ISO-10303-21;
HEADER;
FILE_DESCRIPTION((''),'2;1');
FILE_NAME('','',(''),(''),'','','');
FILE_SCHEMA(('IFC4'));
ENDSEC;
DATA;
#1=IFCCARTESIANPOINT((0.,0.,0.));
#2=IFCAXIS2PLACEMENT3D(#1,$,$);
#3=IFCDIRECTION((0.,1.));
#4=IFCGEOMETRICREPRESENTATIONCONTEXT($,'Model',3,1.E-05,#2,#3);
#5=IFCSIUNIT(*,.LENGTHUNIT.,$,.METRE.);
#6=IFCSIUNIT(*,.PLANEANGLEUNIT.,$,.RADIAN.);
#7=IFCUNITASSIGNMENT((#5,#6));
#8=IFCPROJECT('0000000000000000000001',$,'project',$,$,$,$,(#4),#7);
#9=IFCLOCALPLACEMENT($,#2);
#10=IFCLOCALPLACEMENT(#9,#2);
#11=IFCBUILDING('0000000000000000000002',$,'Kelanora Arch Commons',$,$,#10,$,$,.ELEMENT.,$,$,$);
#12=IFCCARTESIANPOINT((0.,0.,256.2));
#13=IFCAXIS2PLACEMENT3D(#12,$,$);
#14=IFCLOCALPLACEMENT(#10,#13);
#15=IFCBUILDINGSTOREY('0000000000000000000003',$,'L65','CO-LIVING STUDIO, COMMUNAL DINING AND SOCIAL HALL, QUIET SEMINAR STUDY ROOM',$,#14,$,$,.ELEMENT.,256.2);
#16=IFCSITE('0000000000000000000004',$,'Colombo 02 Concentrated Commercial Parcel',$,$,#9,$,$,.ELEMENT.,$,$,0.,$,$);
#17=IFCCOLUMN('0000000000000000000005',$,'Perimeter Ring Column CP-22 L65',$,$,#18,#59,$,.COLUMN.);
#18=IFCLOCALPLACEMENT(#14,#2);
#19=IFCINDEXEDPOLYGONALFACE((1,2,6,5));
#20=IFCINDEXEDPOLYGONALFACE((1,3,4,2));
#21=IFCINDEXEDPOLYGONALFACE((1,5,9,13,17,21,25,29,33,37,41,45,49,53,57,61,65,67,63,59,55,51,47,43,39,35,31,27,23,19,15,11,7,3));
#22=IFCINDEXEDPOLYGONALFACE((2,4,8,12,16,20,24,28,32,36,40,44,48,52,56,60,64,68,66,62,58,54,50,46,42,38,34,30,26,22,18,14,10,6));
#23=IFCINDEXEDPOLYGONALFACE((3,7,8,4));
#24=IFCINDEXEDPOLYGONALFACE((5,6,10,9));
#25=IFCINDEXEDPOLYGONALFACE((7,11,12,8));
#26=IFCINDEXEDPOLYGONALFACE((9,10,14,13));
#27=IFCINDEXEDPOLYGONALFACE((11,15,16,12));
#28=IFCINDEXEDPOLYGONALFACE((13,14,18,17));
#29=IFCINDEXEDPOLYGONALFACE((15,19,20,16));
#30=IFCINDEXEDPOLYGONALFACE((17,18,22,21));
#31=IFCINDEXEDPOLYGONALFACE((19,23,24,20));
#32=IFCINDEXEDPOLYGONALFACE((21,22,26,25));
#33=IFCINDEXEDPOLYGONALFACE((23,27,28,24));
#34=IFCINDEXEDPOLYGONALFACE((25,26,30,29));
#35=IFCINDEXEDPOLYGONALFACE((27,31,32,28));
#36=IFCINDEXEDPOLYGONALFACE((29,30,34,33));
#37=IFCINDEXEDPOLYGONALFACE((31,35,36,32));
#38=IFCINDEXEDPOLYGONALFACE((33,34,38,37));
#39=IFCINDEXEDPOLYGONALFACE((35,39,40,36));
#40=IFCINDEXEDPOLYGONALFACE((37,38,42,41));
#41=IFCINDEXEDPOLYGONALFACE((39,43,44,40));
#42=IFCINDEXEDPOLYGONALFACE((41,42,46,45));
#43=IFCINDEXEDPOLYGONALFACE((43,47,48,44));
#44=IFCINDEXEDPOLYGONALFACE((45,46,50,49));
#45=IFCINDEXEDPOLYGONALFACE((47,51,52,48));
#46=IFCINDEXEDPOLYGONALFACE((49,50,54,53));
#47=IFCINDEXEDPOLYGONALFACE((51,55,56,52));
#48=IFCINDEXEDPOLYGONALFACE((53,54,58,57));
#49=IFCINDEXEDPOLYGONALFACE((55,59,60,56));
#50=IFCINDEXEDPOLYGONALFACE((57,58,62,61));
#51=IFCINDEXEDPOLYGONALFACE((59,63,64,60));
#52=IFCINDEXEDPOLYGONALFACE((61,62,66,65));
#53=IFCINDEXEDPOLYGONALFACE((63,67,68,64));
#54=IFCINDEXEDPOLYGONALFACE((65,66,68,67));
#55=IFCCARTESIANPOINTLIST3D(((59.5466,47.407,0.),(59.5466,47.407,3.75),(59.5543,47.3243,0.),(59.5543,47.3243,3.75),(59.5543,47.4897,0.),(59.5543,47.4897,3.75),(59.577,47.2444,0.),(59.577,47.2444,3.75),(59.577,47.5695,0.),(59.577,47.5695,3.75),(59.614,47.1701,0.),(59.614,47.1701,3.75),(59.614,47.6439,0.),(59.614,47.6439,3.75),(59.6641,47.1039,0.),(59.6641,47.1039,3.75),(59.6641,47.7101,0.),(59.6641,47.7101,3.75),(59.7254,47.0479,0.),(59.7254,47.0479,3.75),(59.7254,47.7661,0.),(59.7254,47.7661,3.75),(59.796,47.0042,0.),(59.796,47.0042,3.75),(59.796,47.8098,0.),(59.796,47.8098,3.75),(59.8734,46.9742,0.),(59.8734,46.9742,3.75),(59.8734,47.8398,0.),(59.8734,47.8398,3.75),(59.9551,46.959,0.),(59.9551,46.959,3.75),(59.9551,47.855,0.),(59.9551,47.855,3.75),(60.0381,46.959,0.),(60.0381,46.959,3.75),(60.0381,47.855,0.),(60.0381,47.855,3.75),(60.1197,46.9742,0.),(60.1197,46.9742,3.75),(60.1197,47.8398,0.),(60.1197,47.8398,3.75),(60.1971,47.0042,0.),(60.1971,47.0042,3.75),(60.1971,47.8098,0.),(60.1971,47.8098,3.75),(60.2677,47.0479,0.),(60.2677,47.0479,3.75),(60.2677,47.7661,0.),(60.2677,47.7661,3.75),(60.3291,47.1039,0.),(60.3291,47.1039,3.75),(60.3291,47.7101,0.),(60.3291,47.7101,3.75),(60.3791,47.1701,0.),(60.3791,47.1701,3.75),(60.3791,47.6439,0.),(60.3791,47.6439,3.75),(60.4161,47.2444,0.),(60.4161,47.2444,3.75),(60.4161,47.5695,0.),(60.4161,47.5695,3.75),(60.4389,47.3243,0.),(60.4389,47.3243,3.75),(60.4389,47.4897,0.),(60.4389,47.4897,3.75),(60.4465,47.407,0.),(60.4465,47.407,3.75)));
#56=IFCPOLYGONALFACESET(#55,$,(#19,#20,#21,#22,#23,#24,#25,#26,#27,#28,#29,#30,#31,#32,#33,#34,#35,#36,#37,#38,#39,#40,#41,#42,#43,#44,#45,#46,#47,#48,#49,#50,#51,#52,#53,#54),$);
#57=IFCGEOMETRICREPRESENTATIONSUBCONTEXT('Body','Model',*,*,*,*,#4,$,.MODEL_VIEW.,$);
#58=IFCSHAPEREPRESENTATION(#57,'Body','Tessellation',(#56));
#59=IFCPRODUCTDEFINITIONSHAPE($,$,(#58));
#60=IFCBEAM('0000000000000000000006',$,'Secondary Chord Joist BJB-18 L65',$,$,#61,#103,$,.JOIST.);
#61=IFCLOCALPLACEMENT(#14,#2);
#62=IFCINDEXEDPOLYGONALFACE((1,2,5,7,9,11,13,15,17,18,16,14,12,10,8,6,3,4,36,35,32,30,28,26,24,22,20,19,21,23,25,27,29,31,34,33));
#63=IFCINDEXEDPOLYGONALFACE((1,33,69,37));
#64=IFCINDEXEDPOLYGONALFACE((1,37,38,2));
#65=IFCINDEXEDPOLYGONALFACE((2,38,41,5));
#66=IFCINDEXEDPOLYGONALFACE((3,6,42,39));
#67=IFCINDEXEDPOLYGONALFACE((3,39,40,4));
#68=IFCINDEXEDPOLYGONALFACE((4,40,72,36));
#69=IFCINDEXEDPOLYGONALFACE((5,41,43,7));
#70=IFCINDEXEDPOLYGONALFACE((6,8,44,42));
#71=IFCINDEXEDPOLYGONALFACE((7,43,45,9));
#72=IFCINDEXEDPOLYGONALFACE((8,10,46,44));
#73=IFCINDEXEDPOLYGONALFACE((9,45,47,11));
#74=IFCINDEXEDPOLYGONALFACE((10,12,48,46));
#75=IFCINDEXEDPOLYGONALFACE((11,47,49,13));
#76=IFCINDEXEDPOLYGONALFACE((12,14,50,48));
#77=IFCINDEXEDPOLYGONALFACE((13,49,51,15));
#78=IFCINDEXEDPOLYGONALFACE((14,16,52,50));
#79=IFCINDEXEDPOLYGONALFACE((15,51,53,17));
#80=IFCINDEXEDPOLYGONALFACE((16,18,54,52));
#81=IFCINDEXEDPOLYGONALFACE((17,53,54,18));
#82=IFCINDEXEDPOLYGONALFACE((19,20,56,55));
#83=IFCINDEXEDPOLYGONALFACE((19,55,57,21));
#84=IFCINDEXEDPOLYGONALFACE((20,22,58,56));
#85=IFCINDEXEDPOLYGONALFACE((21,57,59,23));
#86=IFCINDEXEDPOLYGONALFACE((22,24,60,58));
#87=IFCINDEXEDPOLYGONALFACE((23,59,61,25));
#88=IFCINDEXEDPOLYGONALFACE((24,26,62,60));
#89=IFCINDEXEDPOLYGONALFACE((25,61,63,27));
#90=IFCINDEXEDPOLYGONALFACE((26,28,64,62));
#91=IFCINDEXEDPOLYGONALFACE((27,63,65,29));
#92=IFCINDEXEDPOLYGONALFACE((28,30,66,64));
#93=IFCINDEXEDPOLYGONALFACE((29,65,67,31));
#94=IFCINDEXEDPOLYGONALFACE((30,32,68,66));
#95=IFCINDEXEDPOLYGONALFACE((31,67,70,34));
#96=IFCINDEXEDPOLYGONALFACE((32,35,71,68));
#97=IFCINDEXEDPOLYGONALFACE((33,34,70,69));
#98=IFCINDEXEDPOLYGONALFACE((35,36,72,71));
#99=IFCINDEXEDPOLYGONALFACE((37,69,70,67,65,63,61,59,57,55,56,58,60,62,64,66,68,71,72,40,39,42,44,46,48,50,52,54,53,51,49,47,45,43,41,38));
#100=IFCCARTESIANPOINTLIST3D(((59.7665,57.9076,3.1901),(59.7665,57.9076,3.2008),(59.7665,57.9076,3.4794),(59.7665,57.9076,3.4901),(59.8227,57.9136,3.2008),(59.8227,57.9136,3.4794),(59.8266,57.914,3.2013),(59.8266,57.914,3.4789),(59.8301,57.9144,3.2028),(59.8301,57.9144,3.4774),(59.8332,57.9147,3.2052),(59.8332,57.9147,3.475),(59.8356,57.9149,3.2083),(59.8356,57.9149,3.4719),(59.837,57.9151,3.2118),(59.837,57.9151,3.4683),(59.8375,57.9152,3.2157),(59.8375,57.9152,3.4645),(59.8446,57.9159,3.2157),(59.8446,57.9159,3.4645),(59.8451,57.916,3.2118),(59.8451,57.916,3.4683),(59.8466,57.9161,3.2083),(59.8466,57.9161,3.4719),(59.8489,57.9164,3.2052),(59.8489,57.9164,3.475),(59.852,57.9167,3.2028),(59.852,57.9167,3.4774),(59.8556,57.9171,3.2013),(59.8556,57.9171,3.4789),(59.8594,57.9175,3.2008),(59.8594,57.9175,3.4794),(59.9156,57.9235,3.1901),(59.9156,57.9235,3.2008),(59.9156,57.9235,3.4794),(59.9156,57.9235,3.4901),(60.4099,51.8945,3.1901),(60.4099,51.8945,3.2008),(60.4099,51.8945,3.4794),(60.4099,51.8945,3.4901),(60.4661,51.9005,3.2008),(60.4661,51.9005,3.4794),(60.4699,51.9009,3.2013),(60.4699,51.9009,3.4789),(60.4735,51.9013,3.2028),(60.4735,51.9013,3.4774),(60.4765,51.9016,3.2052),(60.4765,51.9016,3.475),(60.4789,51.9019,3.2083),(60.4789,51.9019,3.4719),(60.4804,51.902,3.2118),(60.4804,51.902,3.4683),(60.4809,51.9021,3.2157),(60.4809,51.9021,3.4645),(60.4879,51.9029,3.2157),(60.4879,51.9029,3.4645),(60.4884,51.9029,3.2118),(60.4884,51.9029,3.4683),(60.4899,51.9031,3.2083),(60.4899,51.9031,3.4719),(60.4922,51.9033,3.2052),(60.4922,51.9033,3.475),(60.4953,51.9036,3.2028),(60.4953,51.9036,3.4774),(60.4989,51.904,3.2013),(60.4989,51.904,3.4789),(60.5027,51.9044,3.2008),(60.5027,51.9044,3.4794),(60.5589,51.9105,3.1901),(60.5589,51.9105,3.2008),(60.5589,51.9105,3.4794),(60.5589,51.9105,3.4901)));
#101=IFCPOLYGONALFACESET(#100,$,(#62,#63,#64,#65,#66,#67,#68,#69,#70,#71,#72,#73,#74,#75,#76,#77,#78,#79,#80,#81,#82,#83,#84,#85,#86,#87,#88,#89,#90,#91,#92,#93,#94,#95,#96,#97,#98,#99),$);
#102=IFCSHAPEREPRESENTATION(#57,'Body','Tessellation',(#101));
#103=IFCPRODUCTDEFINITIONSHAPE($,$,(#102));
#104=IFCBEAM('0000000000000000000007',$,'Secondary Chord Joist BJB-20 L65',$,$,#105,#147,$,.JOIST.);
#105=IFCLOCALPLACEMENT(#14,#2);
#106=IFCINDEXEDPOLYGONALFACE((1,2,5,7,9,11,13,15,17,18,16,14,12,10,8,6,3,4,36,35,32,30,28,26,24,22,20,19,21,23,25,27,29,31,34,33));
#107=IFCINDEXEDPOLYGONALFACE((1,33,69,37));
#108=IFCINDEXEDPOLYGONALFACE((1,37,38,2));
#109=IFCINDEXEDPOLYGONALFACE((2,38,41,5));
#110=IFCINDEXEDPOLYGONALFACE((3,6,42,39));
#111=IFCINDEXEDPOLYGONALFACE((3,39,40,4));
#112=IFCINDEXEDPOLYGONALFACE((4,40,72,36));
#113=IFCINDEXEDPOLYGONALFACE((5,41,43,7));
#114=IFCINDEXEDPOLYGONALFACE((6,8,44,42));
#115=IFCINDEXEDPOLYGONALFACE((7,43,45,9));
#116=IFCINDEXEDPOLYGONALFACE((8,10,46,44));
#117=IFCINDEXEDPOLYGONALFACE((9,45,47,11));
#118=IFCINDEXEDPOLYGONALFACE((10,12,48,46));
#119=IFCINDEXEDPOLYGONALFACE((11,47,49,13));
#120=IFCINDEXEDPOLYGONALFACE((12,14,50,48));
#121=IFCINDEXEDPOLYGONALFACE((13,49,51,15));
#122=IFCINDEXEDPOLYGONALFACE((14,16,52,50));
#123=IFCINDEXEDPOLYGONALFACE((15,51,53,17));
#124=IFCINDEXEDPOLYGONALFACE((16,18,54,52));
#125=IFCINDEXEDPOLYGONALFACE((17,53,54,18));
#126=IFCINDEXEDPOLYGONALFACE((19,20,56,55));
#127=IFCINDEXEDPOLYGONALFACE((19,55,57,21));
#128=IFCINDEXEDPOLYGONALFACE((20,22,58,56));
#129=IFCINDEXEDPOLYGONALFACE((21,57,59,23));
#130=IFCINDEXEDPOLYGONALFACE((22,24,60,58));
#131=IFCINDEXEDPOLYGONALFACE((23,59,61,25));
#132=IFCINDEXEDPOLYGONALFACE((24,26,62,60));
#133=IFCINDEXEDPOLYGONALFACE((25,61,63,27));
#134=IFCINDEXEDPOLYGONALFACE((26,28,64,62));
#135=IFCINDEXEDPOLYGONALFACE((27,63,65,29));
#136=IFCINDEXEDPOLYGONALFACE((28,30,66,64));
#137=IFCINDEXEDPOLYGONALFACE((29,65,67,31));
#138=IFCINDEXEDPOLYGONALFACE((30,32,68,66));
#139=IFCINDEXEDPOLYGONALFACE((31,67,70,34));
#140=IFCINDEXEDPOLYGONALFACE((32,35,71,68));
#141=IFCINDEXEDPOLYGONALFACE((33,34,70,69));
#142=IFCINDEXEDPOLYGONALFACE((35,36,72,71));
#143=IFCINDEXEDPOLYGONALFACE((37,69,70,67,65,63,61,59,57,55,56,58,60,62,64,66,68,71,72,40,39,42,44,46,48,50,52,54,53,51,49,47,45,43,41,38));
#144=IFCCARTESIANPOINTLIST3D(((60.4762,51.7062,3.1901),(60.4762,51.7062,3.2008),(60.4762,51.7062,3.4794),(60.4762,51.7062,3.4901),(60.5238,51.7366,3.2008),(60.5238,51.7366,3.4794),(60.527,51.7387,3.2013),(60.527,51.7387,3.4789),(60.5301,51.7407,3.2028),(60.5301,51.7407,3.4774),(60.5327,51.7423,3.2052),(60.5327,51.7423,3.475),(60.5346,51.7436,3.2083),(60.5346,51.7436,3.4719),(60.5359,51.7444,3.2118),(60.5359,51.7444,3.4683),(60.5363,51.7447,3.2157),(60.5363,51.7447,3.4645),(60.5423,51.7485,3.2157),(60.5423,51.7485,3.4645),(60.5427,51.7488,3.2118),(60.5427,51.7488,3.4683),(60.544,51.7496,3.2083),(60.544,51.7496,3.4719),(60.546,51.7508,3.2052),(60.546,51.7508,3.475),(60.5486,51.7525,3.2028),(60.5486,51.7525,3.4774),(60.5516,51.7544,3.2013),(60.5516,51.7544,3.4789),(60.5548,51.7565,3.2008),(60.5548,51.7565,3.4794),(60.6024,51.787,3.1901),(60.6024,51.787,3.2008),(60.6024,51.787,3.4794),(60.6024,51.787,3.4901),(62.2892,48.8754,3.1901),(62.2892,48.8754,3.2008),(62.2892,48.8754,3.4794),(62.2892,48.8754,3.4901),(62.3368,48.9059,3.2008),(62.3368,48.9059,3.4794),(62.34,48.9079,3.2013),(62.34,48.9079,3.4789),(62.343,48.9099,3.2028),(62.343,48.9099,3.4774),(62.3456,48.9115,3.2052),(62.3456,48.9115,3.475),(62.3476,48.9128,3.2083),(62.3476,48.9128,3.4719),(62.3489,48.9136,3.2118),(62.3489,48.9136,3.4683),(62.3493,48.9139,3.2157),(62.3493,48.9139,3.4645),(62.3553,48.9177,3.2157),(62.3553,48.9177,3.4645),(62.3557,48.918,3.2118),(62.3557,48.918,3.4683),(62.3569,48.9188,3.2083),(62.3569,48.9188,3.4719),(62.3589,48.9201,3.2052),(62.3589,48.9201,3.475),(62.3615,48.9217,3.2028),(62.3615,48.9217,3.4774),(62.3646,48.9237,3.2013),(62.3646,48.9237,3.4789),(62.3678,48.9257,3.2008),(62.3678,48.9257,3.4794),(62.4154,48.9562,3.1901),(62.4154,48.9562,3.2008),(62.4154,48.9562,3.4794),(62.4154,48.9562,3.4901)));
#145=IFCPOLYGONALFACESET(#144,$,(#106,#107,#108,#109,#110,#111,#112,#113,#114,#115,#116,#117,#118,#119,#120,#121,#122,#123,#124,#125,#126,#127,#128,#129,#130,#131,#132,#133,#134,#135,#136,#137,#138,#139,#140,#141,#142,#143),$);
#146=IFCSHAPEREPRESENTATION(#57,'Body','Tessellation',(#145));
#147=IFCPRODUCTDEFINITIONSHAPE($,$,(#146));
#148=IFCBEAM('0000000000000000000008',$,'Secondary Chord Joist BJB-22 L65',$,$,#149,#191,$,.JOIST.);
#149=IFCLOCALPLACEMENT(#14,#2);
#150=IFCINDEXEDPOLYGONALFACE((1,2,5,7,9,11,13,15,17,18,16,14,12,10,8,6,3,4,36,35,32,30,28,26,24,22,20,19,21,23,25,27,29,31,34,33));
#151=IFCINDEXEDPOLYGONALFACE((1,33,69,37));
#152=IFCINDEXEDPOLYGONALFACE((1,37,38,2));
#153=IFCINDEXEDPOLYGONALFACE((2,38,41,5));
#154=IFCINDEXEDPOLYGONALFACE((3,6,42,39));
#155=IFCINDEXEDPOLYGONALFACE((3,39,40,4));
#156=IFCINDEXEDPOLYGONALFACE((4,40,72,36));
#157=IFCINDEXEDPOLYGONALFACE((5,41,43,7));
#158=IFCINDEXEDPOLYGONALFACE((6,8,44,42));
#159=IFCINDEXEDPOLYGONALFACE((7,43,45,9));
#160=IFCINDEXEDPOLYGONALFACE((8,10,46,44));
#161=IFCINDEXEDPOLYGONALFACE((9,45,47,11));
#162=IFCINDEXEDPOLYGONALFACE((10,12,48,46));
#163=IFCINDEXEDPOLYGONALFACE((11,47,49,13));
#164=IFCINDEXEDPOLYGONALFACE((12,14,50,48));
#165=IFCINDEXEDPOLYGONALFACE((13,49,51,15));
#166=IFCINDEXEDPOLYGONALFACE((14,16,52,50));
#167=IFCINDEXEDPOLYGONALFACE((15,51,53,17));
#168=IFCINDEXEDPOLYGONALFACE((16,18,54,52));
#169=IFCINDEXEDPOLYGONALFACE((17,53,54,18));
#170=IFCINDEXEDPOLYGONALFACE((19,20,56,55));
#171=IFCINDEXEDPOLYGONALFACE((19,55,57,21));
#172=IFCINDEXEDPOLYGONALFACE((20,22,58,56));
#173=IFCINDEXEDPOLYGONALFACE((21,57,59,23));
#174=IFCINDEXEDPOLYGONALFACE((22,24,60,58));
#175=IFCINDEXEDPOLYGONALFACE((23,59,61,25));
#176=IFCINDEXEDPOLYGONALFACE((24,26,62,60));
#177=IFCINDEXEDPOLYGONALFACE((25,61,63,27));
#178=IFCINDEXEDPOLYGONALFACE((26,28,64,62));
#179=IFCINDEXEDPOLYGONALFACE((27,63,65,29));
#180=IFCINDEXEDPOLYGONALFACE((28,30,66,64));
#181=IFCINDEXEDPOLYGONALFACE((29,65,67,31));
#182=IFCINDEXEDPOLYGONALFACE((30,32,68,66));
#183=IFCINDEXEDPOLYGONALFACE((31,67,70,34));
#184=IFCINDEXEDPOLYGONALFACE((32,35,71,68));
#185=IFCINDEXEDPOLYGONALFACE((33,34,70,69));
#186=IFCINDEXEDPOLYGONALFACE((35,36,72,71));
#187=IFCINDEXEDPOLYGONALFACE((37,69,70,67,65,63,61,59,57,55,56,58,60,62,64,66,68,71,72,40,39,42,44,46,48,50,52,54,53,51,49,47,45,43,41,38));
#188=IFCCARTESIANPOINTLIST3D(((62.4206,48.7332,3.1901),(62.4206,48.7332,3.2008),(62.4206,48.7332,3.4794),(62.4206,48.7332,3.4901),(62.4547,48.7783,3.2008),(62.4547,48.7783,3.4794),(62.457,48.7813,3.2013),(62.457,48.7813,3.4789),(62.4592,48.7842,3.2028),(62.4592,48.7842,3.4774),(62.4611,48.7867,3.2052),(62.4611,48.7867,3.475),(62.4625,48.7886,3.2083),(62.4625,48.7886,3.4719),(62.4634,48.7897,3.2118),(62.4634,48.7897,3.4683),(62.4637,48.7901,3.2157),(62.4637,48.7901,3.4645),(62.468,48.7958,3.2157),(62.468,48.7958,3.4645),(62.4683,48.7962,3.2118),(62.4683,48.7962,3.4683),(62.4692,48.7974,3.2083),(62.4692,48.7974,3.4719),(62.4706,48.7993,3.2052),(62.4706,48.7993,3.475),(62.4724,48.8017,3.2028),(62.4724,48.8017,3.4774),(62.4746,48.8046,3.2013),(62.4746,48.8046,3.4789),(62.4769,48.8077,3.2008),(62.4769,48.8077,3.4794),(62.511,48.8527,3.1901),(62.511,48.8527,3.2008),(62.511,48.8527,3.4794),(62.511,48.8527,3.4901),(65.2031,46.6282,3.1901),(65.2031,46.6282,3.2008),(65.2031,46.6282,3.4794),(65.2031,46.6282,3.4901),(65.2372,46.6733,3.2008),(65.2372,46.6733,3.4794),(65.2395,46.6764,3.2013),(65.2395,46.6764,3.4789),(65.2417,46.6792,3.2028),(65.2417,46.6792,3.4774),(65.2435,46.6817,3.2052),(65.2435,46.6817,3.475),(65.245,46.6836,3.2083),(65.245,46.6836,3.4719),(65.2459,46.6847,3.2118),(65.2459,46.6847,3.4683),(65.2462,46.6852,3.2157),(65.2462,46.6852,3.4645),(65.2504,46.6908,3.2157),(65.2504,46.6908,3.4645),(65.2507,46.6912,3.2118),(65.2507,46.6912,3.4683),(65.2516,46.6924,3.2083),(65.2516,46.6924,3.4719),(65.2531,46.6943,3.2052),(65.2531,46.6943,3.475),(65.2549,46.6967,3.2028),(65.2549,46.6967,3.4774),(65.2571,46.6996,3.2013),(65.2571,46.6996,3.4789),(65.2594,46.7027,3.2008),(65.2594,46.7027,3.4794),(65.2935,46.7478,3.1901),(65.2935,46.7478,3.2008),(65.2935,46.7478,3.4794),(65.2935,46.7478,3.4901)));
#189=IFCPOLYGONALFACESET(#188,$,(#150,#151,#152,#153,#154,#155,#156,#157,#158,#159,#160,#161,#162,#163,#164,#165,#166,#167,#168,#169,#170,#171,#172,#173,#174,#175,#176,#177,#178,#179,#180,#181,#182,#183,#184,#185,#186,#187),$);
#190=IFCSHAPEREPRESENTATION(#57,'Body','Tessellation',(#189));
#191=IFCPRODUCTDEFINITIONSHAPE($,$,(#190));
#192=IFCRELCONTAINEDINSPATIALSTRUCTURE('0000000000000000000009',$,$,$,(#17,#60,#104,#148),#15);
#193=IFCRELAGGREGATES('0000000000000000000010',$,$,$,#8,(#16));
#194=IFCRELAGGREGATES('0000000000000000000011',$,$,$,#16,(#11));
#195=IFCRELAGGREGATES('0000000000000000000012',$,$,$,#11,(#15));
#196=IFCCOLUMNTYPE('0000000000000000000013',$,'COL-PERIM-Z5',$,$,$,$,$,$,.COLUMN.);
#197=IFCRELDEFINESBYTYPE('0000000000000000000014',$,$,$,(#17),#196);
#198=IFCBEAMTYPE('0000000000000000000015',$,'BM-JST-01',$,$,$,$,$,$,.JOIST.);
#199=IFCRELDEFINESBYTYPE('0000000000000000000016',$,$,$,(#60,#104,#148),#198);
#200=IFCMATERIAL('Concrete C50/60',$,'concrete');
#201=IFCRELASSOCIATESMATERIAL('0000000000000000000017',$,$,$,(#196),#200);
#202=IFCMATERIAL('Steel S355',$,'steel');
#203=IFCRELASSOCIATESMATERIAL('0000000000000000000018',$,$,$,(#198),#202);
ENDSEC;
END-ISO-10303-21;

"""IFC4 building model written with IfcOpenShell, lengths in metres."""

from ifc_helpers import new_model, si_unit, direction, frame, origin, origin_2d, place, context, subcontext, project, spatial, circle, i_section, extrude, material, material_profile, profile_set, type_object, element, save


model = new_model("IFC4")

# Units and contexts
model_context = context("Model", 3, precision=1e-05, world=origin(), true_north=direction((0.0, 1.0)))
body_context = subcontext(model_context, "Body", "Model", "MODEL_VIEW")
ifc_project = project(units=[si_unit("LENGTHUNIT", "METRE"), si_unit("PLANEANGLEUNIT", "RADIAN")], contexts=[model_context])

# Site, building, storey
site_placement = place(None, origin())
site = spatial("IfcSite", under=ifc_project, at=site_placement, Name="Colombo 02 Concentrated Commercial Parcel", CompositionType="ELEMENT", RefElevation=0.0)
building_placement = place(site_placement, origin())
building = spatial("IfcBuilding", under=site, at=building_placement, Name="Kelanora Arch Commons", CompositionType="ELEMENT")
storey_placement = place(building_placement, frame((0.0, 0.0, 256.2)))
storey = spatial("IfcBuildingStorey", under=building, at=storey_placement, Name="L65", Description="CO-LIVING STUDIO, COMMUNAL DINING AND SOCIAL HALL, QUIET SEMINAR STUDY ROOM", CompositionType="ELEMENT", Elevation=256.2)

# Column
ifc_material_1 = material(Name="Concrete C50/60", Category="concrete")
ifc_material_profile_1 = material_profile(ifc_material_1, circle(Radius=0.45, at=origin_2d()), Name="RCC900")
ifc_profile_set_1 = profile_set([ifc_material_profile_1], Name="Concrete C50/60")
column_type = type_object("IfcColumnType", Name="COL-PERIM-Z5", PredefinedType="COLUMN", material=ifc_profile_set_1)
column_placement = place(storey_placement, frame((59.9966, 47.407, 0.0), z_axis=(0.0, 0.0, 1.0), x_axis=(1.0, 0.0, 0.0)))
element("IfcColumn", 1, at=column_placement, inside=storey, type_object=column_type, Name="Perimeter Ring Column CP-22 L65", PredefinedType="COLUMN", context=body_context, shape_type="SweptSolid", body=[
    extrude(circle(Radius=0.45, at=origin_2d()), origin(), (0.0, 0.0, 1.0), 3.75),
])

# Beams
ifc_material_2 = material(Name="Steel S355", Category="steel")
ifc_material_profile_2 = material_profile(ifc_material_2, i_section(OverallWidth=0.1499, OverallDepth=0.3, WebThickness=0.0071, FlangeThickness=0.0107, FilletRadius=0.0149, at=origin_2d()), Name="IPE300")
ifc_profile_set_2 = profile_set([ifc_material_profile_2], Name="Steel S355")
beam_type_1 = type_object("IfcBeamType", Name="BM-JST-01", PredefinedType="JOIST", material=ifc_profile_set_2)
beam_1_placement = place(storey_placement, frame((59.8411, 57.9155, 3.3401), z_axis=(0.106381, -0.994325, 0.0), x_axis=(0.994325, 0.106381, 0.0)))
element("IfcBeam", 2, at=beam_1_placement, inside=storey, type_object=beam_type_1, Name="Secondary Chord Joist BJB-18 L65", PredefinedType="JOIST", context=body_context, shape_type="SweptSolid", body=[
    extrude(i_section(OverallWidth=0.1499, OverallDepth=0.3, WebThickness=0.0071, FlangeThickness=0.0107, FilletRadius=0.0149, at=origin_2d()), origin(), (0.0, 0.0, 1.0), 6.0474),
])
beam_2_placement = place(storey_placement, frame((60.5393, 51.7466, 3.3401), z_axis=(0.539322, -0.8421, 0.0), x_axis=(0.8421, 0.539322, 0.0)))
element("IfcBeam", 3, at=beam_2_placement, inside=storey, type_object=beam_type_1, Name="Secondary Chord Joist BJB-20 L65", PredefinedType="JOIST", context=body_context, shape_type="SweptSolid", body=[
    extrude(i_section(OverallWidth=0.1499, OverallDepth=0.3, WebThickness=0.0071, FlangeThickness=0.0107, FilletRadius=0.0149, at=origin_2d()), origin(), (0.0, 0.0, 1.0), 3.3616),
])
beam_3_placement = place(storey_placement, frame((62.4658, 48.793, 3.3401), z_axis=(0.797499, -0.60332, 0.0), x_axis=(0.60332, 0.797499, 0.0)))
element("IfcBeam", 4, at=beam_3_placement, inside=storey, type_object=beam_type_1, Name="Secondary Chord Joist BJB-22 L65", PredefinedType="JOIST", context=body_context, shape_type="SweptSolid", body=[
    extrude(i_section(OverallWidth=0.1499, OverallDepth=0.3, WebThickness=0.0071, FlangeThickness=0.0107, FilletRadius=0.0149, at=origin_2d()), origin(), (0.0, 0.0, 1.0), 3.489),
])

save(model, "model.ifc")
